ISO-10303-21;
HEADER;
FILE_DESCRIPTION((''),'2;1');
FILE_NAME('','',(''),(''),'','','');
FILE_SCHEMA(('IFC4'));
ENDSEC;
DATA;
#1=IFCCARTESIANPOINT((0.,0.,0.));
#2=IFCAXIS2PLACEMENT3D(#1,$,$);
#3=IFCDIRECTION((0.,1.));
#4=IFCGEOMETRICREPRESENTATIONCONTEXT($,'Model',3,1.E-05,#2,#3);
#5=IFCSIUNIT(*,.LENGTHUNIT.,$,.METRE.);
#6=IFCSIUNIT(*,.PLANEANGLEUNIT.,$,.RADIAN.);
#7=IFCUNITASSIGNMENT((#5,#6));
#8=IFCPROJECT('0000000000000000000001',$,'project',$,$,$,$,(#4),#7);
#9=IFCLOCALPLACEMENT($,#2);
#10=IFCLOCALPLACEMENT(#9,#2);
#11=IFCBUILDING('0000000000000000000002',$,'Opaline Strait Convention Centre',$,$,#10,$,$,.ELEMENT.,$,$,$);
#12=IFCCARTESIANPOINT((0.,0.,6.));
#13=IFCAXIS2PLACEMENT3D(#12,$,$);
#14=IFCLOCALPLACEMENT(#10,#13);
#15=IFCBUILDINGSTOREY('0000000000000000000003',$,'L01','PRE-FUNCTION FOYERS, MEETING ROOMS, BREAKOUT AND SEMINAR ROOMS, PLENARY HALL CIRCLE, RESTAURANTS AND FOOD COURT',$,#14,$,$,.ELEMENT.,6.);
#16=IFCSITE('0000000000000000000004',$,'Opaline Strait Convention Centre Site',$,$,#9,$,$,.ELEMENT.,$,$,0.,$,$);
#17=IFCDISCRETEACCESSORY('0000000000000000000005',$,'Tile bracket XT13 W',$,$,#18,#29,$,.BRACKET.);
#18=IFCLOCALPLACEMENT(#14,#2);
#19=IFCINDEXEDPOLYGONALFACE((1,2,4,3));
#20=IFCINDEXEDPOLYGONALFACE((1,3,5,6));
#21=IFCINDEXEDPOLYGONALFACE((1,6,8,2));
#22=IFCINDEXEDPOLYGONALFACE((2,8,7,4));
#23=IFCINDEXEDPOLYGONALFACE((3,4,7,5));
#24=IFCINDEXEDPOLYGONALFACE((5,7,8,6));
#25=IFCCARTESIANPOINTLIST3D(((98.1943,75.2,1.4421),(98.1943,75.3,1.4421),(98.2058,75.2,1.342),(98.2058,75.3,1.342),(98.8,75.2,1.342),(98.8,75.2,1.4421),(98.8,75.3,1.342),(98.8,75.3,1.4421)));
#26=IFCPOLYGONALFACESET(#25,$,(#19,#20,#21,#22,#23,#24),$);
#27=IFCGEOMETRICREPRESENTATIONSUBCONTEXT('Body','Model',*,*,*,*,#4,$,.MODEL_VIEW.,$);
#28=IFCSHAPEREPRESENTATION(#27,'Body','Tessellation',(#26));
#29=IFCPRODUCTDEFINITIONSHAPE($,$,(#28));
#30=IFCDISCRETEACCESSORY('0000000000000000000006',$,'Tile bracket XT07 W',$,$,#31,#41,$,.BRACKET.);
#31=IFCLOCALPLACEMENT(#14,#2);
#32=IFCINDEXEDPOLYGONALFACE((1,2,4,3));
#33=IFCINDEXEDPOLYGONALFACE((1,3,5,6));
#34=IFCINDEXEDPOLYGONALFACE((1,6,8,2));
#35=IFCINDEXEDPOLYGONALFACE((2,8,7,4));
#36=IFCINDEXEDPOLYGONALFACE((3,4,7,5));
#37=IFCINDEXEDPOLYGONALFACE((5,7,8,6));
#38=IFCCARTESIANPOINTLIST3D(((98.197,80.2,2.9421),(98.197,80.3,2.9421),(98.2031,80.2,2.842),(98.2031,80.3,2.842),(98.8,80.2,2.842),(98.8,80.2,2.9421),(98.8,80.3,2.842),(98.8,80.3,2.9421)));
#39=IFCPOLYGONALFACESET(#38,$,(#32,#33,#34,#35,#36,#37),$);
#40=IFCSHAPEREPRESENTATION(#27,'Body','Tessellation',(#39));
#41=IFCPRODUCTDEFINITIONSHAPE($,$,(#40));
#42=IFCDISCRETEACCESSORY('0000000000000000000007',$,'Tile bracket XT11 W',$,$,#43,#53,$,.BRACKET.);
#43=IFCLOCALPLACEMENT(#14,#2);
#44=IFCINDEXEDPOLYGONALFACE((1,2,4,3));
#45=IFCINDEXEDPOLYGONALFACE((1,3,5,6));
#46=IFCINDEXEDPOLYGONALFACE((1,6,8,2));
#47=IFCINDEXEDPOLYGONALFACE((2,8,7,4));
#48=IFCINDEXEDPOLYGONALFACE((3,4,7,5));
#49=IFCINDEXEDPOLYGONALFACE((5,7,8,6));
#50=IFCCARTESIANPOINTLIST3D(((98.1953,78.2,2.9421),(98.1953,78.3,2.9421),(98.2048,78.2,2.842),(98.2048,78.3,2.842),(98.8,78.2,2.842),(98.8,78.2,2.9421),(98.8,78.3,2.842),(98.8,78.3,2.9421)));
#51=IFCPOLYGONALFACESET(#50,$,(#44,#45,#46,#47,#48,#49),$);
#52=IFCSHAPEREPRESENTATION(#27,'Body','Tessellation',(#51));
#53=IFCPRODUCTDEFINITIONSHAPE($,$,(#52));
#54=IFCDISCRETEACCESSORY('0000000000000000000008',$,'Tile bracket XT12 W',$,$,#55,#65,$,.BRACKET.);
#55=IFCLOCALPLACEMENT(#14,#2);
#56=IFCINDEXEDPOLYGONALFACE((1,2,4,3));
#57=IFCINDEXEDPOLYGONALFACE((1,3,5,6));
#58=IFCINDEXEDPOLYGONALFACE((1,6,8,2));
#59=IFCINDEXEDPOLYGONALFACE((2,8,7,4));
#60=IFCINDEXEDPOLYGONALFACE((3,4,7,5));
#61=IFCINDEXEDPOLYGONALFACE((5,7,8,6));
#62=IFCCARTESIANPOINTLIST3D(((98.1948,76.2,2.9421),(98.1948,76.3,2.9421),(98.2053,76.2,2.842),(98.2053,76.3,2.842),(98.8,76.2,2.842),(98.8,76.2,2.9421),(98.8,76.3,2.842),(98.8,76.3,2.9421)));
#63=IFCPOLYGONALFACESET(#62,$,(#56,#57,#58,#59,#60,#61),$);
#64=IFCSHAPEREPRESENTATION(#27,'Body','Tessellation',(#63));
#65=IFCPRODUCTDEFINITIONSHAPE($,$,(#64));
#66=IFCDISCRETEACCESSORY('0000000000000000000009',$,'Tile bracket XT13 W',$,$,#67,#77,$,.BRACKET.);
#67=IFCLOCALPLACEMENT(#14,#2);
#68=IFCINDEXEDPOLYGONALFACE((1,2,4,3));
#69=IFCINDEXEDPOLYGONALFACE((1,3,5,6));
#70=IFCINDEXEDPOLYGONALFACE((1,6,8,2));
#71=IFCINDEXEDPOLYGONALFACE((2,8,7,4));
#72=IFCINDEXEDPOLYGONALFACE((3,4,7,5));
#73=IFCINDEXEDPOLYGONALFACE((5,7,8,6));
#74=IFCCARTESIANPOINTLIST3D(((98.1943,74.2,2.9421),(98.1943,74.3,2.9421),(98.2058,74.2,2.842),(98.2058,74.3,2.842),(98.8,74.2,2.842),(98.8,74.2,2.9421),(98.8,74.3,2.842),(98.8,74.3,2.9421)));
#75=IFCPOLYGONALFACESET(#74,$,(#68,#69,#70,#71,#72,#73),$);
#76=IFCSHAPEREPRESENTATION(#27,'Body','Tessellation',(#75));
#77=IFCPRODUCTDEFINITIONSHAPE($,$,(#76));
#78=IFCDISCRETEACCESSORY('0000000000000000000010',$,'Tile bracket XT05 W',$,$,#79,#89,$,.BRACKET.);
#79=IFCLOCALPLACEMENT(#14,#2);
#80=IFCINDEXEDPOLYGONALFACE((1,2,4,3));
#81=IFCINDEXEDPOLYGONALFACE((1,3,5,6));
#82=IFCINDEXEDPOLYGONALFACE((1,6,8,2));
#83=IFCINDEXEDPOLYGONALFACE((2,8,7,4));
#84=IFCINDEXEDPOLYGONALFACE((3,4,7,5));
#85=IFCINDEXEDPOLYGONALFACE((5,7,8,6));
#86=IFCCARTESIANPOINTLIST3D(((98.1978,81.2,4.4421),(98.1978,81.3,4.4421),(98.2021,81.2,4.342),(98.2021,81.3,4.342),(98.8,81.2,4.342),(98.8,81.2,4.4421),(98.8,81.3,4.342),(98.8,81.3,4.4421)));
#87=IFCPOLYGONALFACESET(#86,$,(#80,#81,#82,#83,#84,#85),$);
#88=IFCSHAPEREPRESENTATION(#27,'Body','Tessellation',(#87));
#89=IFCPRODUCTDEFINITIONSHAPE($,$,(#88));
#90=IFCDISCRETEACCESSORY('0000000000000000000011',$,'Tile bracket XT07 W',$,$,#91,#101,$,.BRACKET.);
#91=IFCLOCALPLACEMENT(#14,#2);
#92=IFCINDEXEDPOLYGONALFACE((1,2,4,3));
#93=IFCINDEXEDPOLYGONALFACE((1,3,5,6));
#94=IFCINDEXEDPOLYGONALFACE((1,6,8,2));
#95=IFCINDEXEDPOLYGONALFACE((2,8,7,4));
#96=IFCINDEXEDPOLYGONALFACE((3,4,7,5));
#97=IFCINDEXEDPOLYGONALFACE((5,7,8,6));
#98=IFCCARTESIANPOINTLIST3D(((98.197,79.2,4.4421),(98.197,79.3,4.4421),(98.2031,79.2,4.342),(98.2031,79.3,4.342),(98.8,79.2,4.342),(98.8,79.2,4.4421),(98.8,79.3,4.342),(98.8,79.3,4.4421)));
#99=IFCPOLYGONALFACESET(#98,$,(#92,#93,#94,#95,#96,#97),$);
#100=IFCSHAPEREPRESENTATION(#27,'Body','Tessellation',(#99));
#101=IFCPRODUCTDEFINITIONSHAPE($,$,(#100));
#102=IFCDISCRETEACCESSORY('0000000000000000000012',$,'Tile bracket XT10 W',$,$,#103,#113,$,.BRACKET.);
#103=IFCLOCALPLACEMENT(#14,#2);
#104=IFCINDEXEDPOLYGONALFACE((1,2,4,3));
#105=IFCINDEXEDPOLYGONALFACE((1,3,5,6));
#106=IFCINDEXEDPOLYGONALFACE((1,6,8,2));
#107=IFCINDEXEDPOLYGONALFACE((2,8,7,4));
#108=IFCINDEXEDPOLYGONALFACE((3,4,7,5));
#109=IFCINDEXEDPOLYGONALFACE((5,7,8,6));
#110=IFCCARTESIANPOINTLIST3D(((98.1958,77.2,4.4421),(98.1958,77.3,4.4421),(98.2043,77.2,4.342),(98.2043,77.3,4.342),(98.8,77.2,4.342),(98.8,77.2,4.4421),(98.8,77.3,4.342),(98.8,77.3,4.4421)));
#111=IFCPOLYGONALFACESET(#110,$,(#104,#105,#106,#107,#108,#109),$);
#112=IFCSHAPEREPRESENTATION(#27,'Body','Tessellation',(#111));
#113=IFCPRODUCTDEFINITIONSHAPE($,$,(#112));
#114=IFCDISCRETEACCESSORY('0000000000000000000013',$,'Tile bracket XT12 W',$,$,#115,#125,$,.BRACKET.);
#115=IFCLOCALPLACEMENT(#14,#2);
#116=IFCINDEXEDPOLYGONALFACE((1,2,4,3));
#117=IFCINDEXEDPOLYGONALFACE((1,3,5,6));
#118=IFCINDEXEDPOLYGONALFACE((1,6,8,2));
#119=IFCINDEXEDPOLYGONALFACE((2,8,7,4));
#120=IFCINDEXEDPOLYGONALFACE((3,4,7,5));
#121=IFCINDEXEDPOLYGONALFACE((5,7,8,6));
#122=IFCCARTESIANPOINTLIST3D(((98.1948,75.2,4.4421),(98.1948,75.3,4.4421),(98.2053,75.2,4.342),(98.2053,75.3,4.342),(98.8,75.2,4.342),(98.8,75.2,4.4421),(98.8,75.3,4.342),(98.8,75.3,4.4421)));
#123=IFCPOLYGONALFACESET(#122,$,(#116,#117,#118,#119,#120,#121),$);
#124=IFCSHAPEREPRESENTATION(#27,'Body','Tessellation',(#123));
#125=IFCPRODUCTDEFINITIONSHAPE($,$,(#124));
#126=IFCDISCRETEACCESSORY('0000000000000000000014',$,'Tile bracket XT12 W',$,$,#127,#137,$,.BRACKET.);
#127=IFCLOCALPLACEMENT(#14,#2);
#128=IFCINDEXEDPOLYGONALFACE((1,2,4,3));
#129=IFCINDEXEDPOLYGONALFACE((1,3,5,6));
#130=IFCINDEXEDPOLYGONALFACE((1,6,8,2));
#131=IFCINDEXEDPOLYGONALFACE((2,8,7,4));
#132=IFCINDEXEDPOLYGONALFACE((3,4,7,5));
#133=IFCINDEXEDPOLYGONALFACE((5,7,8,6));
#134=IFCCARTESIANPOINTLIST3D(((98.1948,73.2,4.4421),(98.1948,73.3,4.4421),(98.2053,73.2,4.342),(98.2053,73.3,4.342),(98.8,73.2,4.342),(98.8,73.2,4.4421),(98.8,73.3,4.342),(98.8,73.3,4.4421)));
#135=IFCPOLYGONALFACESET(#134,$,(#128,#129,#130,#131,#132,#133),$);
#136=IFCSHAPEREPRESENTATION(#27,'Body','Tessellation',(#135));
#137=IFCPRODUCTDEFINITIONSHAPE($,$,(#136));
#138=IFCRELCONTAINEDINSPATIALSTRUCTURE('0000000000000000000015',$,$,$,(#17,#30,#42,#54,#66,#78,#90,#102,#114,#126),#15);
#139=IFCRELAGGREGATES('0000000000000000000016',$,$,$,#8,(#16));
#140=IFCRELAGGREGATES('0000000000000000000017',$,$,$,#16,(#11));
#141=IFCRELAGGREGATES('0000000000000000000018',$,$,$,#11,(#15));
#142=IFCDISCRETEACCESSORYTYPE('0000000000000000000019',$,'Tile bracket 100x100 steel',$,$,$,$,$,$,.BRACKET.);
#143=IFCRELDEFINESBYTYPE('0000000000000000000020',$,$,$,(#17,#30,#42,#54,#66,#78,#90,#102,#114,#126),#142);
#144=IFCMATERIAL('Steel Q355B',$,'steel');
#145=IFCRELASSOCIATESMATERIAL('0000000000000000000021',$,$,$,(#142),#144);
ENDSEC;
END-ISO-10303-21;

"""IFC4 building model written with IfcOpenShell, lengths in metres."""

from ifc_helpers import new_model, si_unit, direction, frame, origin, place, context, subcontext, project, spatial, polyline, outline, extrude, material, type_object, element, save


model = new_model("IFC4")

# Units and contexts
model_context = context("Model", 3, precision=1e-05, world=origin(), true_north=direction((0.0, 1.0)))
body_context = subcontext(model_context, "Body", "Model", "MODEL_VIEW")
ifc_project = project(units=[si_unit("LENGTHUNIT", "METRE"), si_unit("PLANEANGLEUNIT", "RADIAN")], contexts=[model_context])

# Site, building, storey
site_placement = place(None, origin())
site = spatial("IfcSite", under=ifc_project, at=site_placement, Name="Opaline Strait Convention Centre Site", CompositionType="ELEMENT", RefElevation=0.0)
building_placement = place(site_placement, origin())
building = spatial("IfcBuilding", under=site, at=building_placement, Name="Opaline Strait Convention Centre", CompositionType="ELEMENT")
storey_placement = place(building_placement, frame((0.0, 0.0, 6.0)))
storey = spatial("IfcBuildingStorey", under=building, at=storey_placement, Name="L01", Description="PRE-FUNCTION FOYERS, MEETING ROOMS, BREAKOUT AND SEMINAR ROOMS, PLENARY HALL CIRCLE, RESTAURANTS AND FOOD COURT", CompositionType="ELEMENT", Elevation=6.0)

# Discrete accessories
ifc_material_1 = material(Name="Steel Q355B", Category="steel")
discrete_accessory_type = type_object("IfcDiscreteAccessoryType", Name="Tile bracket 100x100 steel", PredefinedType="BRACKET", material=ifc_material_1)
discrete_accessory_1_placement = place(storey_placement, frame((98.8, 75.3, 1.3921), z_axis=(0.0, -1.0, 0.0), x_axis=(1.0, 0.0, 0.0)))
element("IfcDiscreteAccessory", 1, at=discrete_accessory_1_placement, inside=storey, type_object=discrete_accessory_type, Name="Tile bracket XT13 W", PredefinedType="BRACKET", context=body_context, shape_type="SweptSolid", body=[
    extrude(outline(polyline([(0.0, -0.05), (0.0, 0.05), (-0.6057, 0.05), (-0.5942, -0.05), (0.0, -0.05)])), origin(), (0.0, 0.0, 1.0), 0.1001),
])
discrete_accessory_2_placement = place(storey_placement, frame((98.8, 80.3, 2.8921), z_axis=(0.0, -1.0, 0.0), x_axis=(1.0, 0.0, 0.0)))
element("IfcDiscreteAccessory", 2, at=discrete_accessory_2_placement, inside=storey, type_object=discrete_accessory_type, Name="Tile bracket XT07 W", PredefinedType="BRACKET", context=body_context, shape_type="SweptSolid", body=[
    extrude(outline(polyline([(0.0, -0.05), (0.0, 0.05), (-0.603, 0.05), (-0.5969, -0.05), (0.0, -0.05)])), origin(), (0.0, 0.0, 1.0), 0.1001),
])
discrete_accessory_3_placement = place(storey_placement, frame((98.8, 78.3, 2.8921), z_axis=(0.0, -1.0, 0.0), x_axis=(1.0, 0.0, 0.0)))
element("IfcDiscreteAccessory", 3, at=discrete_accessory_3_placement, inside=storey, type_object=discrete_accessory_type, Name="Tile bracket XT11 W", PredefinedType="BRACKET", context=body_context, shape_type="SweptSolid", body=[
    extrude(outline(polyline([(0.0, -0.05), (0.0, 0.05), (-0.6047, 0.05), (-0.5952, -0.05), (0.0, -0.05)])), origin(), (0.0, 0.0, 1.0), 0.1001),
])
discrete_accessory_4_placement = place(storey_placement, frame((98.8, 76.3, 2.8921), z_axis=(0.0, -1.0, 0.0), x_axis=(1.0, 0.0, 0.0)))
element("IfcDiscreteAccessory", 4, at=discrete_accessory_4_placement, inside=storey, type_object=discrete_accessory_type, Name="Tile bracket XT12 W", PredefinedType="BRACKET", context=body_context, shape_type="SweptSolid", body=[
    extrude(outline(polyline([(0.0, -0.05), (0.0, 0.05), (-0.6052, 0.05), (-0.5947, -0.05), (0.0, -0.05)])), origin(), (0.0, 0.0, 1.0), 0.1001),
])
discrete_accessory_5_placement = place(storey_placement, frame((98.8, 74.3, 2.8921), z_axis=(0.0, -1.0, 0.0), x_axis=(1.0, 0.0, 0.0)))
element("IfcDiscreteAccessory", 5, at=discrete_accessory_5_placement, inside=storey, type_object=discrete_accessory_type, Name="Tile bracket XT13 W", PredefinedType="BRACKET", context=body_context, shape_type="SweptSolid", body=[
    extrude(outline(polyline([(0.0, -0.05), (0.0, 0.05), (-0.6057, 0.05), (-0.5942, -0.05), (0.0, -0.05)])), origin(), (0.0, 0.0, 1.0), 0.1001),
])
discrete_accessory_6_placement = place(storey_placement, frame((98.8, 81.3, 4.3921), z_axis=(0.0, -1.0, 0.0), x_axis=(1.0, 0.0, 0.0)))
element("IfcDiscreteAccessory", 6, at=discrete_accessory_6_placement, inside=storey, type_object=discrete_accessory_type, Name="Tile bracket XT05 W", PredefinedType="BRACKET", context=body_context, shape_type="SweptSolid", body=[
    extrude(outline(polyline([(0.0, -0.05), (0.0, 0.05), (-0.6023, 0.05), (-0.5979, -0.05), (0.0, -0.05)])), origin(), (0.0, 0.0, 1.0), 0.1001),
])
discrete_accessory_7_placement = place(storey_placement, frame((98.8, 79.3, 4.3921), z_axis=(0.0, -1.0, 0.0), x_axis=(1.0, 0.0, 0.0)))
element("IfcDiscreteAccessory", 7, at=discrete_accessory_7_placement, inside=storey, type_object=discrete_accessory_type, Name="Tile bracket XT07 W", PredefinedType="BRACKET", context=body_context, shape_type="SweptSolid", body=[
    extrude(outline(polyline([(0.0, -0.05), (0.0, 0.05), (-0.603, 0.05), (-0.5969, -0.05), (0.0, -0.05)])), origin(), (0.0, 0.0, 1.0), 0.1001),
])
discrete_accessory_8_placement = place(storey_placement, frame((98.8, 77.3, 4.3921), z_axis=(0.0, -1.0, 0.0), x_axis=(1.0, 0.0, 0.0)))
element("IfcDiscreteAccessory", 8, at=discrete_accessory_8_placement, inside=storey, type_object=discrete_accessory_type, Name="Tile bracket XT10 W", PredefinedType="BRACKET", context=body_context, shape_type="SweptSolid", body=[
    extrude(outline(polyline([(0.0, -0.05), (0.0, 0.05), (-0.6042, 0.05), (-0.5957, -0.05), (0.0, -0.05)])), origin(), (0.0, 0.0, 1.0), 0.1001),
])
for number, where, z_axis, x_axis, name in (
    (9, (98.8, 75.3, 4.3921), (0.0, -1.0, 0.0), (1.0, 0.0, 0.0), "Tile bracket XT12 W"),
    (10, (98.8, 73.3, 4.3921), (0.0, -1.0, 0.0), (1.0, 0.0, 0.0), "Tile bracket XT12 W"),
):
    element("IfcDiscreteAccessory", number, at=place(storey_placement, frame(where, z_axis=z_axis, x_axis=x_axis)), inside=storey, type_object=discrete_accessory_type, Name=name, PredefinedType="BRACKET", context=body_context, shape_type="SweptSolid", body=[
        extrude(outline(polyline([(0.0, -0.05), (0.0, 0.05), (-0.6052, 0.05), (-0.5947, -0.05), (0.0, -0.05)])), origin(), (0.0, 0.0, 1.0), 0.1001),
    ])

save(model, "model.ifc")
